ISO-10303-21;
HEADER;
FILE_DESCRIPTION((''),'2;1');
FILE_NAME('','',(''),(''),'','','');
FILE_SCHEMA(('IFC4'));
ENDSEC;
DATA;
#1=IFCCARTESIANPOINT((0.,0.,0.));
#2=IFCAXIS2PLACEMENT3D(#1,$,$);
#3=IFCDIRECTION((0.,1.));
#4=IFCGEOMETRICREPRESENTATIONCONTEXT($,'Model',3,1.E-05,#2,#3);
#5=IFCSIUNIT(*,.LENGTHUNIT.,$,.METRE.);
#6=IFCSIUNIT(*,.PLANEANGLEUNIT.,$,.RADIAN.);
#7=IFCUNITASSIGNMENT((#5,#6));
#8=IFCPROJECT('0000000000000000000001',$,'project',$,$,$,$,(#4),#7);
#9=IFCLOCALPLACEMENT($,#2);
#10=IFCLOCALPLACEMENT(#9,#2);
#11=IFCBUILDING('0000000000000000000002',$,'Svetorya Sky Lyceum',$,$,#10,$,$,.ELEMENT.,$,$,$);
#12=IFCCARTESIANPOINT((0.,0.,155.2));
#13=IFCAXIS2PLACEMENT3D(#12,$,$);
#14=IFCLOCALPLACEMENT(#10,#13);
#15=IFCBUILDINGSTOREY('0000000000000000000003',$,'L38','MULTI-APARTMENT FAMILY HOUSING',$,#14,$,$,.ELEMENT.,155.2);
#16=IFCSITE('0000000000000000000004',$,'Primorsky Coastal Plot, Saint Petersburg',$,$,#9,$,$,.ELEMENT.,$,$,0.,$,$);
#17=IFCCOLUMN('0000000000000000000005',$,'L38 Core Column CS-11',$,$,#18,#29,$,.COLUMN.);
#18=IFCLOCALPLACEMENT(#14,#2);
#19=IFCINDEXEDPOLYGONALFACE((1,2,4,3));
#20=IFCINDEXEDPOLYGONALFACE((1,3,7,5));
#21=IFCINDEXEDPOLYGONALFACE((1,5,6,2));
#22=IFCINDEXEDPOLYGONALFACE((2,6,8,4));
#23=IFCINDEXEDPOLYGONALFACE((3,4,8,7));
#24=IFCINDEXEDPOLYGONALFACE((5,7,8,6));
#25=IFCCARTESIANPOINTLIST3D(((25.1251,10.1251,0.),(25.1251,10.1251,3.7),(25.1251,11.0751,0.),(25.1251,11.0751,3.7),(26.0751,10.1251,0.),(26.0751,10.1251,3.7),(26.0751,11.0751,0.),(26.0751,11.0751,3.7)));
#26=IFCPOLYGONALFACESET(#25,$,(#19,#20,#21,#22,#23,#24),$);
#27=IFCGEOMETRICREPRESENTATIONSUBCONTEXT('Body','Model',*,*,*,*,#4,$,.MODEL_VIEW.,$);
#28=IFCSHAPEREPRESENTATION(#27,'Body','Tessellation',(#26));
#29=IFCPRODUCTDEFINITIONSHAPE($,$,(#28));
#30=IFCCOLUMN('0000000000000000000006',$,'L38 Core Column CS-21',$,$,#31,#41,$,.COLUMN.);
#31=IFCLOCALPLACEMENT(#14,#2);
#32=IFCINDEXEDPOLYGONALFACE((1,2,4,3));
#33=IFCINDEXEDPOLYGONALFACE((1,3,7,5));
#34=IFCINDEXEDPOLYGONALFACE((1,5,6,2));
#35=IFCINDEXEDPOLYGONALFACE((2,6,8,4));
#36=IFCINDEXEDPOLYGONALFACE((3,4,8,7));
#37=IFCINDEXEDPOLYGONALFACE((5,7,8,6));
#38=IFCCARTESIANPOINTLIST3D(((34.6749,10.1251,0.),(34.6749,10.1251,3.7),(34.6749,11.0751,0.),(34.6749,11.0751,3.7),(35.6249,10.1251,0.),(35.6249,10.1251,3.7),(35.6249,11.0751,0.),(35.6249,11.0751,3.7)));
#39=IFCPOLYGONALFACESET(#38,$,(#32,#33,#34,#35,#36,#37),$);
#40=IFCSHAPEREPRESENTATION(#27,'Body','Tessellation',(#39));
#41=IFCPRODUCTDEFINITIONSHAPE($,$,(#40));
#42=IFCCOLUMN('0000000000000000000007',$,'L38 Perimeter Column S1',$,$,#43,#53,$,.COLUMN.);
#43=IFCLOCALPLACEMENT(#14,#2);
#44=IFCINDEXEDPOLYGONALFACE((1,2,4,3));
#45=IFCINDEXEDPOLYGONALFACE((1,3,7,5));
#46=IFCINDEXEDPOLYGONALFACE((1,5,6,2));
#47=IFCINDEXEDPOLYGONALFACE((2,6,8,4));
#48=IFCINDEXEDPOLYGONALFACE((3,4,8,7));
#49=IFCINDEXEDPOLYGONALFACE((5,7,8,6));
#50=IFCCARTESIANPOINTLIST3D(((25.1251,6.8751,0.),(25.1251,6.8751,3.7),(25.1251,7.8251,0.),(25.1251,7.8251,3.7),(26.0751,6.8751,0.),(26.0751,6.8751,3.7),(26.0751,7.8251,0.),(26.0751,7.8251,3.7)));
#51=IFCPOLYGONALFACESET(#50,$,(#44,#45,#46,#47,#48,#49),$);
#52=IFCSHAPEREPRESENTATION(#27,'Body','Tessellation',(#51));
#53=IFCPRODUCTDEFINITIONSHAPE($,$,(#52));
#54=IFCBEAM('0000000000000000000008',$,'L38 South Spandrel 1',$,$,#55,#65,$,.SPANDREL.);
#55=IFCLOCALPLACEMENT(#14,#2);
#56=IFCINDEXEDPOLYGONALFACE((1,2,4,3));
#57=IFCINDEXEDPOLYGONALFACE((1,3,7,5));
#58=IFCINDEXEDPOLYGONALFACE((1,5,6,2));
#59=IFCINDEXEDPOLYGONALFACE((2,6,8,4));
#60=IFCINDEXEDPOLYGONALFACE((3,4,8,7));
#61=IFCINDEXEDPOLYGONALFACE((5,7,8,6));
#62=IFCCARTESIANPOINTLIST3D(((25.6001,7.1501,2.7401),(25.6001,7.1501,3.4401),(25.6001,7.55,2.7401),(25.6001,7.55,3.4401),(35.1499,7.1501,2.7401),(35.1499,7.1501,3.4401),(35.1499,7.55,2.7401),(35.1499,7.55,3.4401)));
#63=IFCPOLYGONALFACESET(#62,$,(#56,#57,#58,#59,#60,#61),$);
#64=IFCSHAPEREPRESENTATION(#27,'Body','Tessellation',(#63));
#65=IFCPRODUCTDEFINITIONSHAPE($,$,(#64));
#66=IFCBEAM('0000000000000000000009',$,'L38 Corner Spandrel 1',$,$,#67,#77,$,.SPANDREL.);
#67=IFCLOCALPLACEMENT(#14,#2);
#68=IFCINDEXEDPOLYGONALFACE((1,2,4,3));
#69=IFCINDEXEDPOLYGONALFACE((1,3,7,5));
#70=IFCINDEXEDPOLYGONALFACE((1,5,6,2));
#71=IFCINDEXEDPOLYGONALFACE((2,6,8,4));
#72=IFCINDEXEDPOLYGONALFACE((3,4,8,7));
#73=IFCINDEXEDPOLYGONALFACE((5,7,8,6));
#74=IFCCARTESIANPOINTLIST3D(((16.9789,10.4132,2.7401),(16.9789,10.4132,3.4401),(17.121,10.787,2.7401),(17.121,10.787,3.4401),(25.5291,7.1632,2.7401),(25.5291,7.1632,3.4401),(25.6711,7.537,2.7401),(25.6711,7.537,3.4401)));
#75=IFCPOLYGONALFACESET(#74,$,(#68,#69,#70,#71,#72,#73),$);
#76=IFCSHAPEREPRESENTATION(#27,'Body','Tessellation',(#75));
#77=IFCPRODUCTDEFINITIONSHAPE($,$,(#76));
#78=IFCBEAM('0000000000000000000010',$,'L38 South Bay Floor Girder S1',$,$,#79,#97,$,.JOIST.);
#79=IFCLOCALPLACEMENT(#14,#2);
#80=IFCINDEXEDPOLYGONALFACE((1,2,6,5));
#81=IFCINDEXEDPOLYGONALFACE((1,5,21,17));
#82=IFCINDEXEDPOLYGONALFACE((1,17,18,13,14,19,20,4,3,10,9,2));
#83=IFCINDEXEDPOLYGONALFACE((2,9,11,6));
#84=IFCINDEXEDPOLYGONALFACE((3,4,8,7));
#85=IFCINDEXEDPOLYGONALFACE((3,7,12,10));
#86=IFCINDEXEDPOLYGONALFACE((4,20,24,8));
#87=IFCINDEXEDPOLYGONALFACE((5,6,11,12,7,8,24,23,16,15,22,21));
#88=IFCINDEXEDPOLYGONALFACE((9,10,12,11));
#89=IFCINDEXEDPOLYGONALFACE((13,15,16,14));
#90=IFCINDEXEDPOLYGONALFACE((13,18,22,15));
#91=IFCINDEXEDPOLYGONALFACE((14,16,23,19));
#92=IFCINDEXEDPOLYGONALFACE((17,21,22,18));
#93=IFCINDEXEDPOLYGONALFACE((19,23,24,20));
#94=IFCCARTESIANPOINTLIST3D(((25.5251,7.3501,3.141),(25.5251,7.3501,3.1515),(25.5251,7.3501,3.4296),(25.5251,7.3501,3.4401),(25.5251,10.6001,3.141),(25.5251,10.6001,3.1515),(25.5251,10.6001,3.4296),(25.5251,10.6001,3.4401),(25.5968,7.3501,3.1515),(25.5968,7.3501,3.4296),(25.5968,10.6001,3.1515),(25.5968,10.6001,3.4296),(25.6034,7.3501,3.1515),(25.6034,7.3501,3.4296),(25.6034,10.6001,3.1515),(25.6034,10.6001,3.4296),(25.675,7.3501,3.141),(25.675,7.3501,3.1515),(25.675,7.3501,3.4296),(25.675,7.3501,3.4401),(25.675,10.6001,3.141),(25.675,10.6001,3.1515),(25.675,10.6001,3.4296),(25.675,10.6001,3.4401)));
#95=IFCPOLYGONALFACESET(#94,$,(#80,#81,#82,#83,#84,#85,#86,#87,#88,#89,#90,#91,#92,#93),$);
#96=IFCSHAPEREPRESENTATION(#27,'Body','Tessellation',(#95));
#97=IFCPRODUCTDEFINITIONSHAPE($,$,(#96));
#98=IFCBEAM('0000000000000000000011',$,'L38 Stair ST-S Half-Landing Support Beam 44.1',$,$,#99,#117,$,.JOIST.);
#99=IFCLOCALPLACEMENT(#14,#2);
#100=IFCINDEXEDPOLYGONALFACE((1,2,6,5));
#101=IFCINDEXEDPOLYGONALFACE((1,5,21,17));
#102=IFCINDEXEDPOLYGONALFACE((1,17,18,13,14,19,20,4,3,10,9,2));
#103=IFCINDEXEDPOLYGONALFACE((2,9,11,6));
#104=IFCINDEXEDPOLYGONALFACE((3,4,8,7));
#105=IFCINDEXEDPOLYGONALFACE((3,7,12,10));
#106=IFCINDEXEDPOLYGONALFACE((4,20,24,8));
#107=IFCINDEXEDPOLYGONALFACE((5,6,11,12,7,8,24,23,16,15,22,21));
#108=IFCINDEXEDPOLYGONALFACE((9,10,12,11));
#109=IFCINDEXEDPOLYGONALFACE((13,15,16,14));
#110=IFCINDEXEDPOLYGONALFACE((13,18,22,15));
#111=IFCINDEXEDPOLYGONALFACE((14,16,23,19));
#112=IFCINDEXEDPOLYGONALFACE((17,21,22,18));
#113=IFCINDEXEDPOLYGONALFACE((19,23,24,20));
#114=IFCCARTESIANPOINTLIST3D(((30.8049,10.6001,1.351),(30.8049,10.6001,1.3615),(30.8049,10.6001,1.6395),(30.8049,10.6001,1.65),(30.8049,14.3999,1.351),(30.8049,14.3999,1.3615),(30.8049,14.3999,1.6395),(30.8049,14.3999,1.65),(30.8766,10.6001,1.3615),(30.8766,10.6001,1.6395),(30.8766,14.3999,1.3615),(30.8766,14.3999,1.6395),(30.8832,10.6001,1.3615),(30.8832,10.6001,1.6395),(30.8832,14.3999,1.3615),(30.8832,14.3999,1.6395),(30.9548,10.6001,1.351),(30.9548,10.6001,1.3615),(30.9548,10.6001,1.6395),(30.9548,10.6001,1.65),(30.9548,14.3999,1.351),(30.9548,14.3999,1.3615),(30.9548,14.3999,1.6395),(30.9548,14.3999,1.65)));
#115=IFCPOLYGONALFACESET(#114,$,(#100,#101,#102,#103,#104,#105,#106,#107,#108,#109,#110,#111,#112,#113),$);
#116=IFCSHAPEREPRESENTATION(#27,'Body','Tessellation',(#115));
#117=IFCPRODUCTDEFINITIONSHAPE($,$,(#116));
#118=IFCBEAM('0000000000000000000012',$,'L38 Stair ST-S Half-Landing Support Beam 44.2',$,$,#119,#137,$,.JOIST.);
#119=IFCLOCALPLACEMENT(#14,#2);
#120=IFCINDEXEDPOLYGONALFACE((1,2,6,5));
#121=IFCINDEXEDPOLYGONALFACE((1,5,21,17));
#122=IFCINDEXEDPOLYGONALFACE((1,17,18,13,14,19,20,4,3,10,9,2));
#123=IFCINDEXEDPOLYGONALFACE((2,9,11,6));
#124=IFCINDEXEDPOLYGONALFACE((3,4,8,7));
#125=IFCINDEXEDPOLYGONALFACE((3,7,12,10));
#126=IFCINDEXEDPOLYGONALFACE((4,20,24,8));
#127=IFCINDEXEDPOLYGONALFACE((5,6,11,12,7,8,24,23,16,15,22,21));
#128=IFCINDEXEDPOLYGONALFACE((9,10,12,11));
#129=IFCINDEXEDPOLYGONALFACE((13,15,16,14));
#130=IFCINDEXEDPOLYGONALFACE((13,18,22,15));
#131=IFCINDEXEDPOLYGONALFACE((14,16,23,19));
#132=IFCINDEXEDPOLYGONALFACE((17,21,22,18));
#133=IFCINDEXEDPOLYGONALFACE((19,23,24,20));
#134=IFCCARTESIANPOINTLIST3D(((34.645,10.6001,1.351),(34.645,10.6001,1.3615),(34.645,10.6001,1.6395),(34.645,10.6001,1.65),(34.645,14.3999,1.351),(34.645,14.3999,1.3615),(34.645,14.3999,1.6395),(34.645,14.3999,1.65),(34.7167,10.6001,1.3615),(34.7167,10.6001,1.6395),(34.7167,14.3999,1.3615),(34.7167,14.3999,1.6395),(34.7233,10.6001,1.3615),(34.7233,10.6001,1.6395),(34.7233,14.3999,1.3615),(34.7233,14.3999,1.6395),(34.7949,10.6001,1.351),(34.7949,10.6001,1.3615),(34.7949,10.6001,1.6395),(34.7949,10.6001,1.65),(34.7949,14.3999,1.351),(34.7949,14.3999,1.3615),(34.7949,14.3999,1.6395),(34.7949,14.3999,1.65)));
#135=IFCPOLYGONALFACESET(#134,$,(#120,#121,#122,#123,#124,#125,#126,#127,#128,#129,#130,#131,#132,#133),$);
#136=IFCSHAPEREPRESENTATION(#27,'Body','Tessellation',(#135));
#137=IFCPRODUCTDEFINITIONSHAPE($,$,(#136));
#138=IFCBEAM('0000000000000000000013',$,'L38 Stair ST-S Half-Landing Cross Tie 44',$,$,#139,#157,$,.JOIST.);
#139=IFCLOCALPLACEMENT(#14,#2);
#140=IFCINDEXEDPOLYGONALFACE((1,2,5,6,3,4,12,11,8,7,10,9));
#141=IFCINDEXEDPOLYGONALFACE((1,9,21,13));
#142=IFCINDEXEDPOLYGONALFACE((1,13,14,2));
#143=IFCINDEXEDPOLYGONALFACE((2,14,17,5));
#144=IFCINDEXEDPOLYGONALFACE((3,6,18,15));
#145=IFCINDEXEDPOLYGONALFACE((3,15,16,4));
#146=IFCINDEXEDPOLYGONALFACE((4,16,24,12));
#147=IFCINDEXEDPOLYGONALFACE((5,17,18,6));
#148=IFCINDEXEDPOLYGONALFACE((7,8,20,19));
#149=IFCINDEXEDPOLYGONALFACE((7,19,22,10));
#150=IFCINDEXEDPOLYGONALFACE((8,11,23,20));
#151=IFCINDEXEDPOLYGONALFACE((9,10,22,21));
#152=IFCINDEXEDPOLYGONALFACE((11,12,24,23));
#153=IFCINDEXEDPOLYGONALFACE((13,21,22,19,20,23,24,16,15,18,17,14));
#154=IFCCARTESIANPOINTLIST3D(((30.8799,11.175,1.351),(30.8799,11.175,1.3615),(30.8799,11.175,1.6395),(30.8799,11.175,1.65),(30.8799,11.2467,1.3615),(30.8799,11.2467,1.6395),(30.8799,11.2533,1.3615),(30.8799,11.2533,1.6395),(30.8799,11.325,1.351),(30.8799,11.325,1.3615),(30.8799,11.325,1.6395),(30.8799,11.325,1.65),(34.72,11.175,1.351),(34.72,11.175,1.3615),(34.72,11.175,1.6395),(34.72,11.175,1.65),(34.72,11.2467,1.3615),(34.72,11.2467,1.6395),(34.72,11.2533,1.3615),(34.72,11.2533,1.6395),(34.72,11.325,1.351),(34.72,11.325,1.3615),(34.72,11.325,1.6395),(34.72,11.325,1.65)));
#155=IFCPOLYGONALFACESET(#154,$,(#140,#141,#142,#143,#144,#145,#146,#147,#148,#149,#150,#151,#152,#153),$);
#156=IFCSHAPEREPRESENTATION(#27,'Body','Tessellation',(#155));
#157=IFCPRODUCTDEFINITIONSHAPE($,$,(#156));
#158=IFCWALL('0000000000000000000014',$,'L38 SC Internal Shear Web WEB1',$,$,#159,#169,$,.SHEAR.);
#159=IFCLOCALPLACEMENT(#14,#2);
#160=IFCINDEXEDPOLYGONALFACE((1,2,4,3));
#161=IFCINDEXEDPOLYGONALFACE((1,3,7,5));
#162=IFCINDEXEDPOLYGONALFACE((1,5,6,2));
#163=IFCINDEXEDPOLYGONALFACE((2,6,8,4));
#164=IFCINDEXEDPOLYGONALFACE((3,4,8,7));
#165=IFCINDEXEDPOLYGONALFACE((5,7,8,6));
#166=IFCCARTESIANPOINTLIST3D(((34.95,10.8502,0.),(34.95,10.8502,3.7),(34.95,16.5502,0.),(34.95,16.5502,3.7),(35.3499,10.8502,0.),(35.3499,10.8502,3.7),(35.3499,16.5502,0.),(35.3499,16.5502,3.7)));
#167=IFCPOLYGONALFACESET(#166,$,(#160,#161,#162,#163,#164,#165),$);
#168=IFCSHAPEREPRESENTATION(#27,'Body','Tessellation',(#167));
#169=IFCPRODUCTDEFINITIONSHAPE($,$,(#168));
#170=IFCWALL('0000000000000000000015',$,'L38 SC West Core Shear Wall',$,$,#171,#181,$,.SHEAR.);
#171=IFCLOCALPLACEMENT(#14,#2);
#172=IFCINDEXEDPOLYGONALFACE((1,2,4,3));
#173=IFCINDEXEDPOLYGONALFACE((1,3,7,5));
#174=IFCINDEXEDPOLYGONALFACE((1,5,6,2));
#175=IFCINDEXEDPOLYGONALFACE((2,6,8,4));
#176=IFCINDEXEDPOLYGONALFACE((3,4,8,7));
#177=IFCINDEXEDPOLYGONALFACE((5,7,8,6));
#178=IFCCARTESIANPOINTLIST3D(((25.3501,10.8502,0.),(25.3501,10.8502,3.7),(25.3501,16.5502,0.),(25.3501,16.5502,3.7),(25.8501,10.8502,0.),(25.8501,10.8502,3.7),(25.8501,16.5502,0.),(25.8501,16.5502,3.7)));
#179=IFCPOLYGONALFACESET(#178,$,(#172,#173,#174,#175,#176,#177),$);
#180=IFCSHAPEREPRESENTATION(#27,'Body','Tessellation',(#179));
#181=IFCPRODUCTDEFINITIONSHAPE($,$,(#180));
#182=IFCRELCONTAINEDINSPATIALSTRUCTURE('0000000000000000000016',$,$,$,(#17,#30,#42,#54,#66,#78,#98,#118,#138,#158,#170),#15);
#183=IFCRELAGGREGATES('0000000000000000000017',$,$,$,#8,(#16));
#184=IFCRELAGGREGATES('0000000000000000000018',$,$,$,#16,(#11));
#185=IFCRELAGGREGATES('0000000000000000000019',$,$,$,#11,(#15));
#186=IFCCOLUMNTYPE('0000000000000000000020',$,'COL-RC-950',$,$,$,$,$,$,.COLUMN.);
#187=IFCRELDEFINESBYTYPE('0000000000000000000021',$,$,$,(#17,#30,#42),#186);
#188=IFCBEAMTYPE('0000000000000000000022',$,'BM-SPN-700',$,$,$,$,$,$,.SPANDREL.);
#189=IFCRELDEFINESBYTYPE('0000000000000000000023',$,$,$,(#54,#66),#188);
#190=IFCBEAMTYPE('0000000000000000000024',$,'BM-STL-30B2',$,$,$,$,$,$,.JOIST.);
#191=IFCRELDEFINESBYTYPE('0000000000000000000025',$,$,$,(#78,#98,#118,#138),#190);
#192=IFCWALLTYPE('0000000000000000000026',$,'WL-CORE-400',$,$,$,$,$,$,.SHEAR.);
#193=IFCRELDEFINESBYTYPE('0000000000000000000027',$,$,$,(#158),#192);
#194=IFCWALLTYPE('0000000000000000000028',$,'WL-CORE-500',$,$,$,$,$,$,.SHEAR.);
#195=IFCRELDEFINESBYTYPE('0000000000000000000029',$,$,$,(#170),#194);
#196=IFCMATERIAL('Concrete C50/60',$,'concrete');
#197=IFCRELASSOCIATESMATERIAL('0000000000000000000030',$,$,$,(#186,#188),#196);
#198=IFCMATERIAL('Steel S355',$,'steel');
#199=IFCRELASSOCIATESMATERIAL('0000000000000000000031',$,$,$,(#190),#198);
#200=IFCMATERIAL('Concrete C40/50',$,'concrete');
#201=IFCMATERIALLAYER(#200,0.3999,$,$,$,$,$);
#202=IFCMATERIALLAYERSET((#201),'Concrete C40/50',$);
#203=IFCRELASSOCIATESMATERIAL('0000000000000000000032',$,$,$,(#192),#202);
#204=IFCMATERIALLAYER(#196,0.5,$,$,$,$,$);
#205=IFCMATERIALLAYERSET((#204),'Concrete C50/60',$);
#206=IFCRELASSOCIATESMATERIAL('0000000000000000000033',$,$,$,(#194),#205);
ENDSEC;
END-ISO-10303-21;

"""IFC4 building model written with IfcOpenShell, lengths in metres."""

from ifc_helpers import new_model, si_unit, direction, frame, frame_2d, origin, origin_2d, place, context, subcontext, project, spatial, rectangle, i_section, extrude, material, layer, layer_set, material_profile, profile_set, type_object, element, save


model = new_model("IFC4")

# Units and contexts
model_context = context("Model", 3, precision=1e-05, world=origin(), true_north=direction((0.0, 1.0)))
body_context = subcontext(model_context, "Body", "Model", "MODEL_VIEW")
ifc_project = project(units=[si_unit("LENGTHUNIT", "METRE"), si_unit("PLANEANGLEUNIT", "RADIAN")], contexts=[model_context])

# Site, building, storey
site_placement = place(None, origin())
site = spatial("IfcSite", under=ifc_project, at=site_placement, Name="Primorsky Coastal Plot, Saint Petersburg", CompositionType="ELEMENT", RefElevation=0.0)
building_placement = place(site_placement, origin())
building = spatial("IfcBuilding", under=site, at=building_placement, Name="Svetorya Sky Lyceum", CompositionType="ELEMENT")
storey_placement = place(building_placement, frame((0.0, 0.0, 155.2)))
storey = spatial("IfcBuildingStorey", under=building, at=storey_placement, Name="L38", Description="MULTI-APARTMENT FAMILY HOUSING", CompositionType="ELEMENT", Elevation=155.2)

# Columns
ifc_material_1 = material(Name="Concrete C50/60", Category="concrete")
ifc_material_profile_1 = material_profile(ifc_material_1, rectangle(XDim=0.95, YDim=0.95, at=origin_2d()), Name="RC COL 950x950")
ifc_profile_set_1 = profile_set([ifc_material_profile_1], Name="Concrete C50/60")
column_type = type_object("IfcColumnType", Name="COL-RC-950", PredefinedType="COLUMN", material=ifc_profile_set_1)
for number, where, z_axis, x_axis, name in (
    (1, (25.6001, 10.6001, 0.0), (0.0, 0.0, 1.0), (1.0, 0.0, 0.0), "L38 Core Column CS-11"),
    (2, (35.1499, 10.6001, 0.0), (0.0, 0.0, 1.0), (1.0, 0.0, 0.0), "L38 Core Column CS-21"),
    (3, (25.6001, 7.3501, 0.0), (0.0, 0.0, 1.0), (1.0, 0.0, 0.0), "L38 Perimeter Column S1"),
):
    element("IfcColumn", number, at=place(storey_placement, frame(where, z_axis=z_axis, x_axis=x_axis)), inside=storey, type_object=column_type, Name=name, PredefinedType="COLUMN", context=body_context, shape_type="SweptSolid", body=[
        extrude(rectangle(XDim=0.95, YDim=0.95, at=origin_2d()), origin(), (0.0, 0.0, 1.0), 3.7),
    ])

# Beams
ifc_material_profile_2 = material_profile(ifc_material_1, rectangle(XDim=0.3999, YDim=0.7, at=origin_2d()), Name="RC SPANDREL 400x700")
ifc_profile_set_2 = profile_set([ifc_material_profile_2], Name="Concrete C50/60")
beam_type_1 = type_object("IfcBeamType", Name="BM-SPN-700", PredefinedType="SPANDREL", material=ifc_profile_set_2)
beam_1_placement = place(storey_placement, frame((25.6001, 7.3501, 3.0901), z_axis=(1.0, 0.0, 0.0), x_axis=(0.0, 1.0, 0.0)))
element("IfcBeam", 4, at=beam_1_placement, inside=storey, type_object=beam_type_1, Name="L38 South Spandrel 1", PredefinedType="SPANDREL", context=body_context, shape_type="SweptSolid", body=[
    extrude(rectangle(XDim=0.3999, YDim=0.7, at=origin_2d()), origin(), (0.0, 0.0, 1.0), 9.5498),
])
beam_2_placement = place(storey_placement, frame((25.6001, 7.3501, 3.0901), z_axis=(-0.934748, 0.355312, 0.0), x_axis=(-0.355312, -0.934748, 0.0)))
element("IfcBeam", 5, at=beam_2_placement, inside=storey, type_object=beam_type_1, Name="L38 Corner Spandrel 1", PredefinedType="SPANDREL", context=body_context, shape_type="SweptSolid", body=[
    extrude(rectangle(XDim=0.3999, YDim=0.7, at=origin_2d()), origin(), (0.0, 0.0, 1.0), 9.147),
])
ifc_material_2 = material(Name="Steel S355", Category="steel")
ifc_material_profile_3 = material_profile(ifc_material_2, i_section(OverallWidth=0.1499, OverallDepth=0.2991, WebThickness=0.0066, FlangeThickness=0.0105, at=origin_2d()), Name="GOST 30B2")
ifc_profile_set_3 = profile_set([ifc_material_profile_3], Name="Steel S355")
beam_type_2 = type_object("IfcBeamType", Name="BM-STL-30B2", PredefinedType="JOIST", material=ifc_profile_set_3)
beam_3_placement = place(storey_placement, frame((25.6001, 7.3501, 3.2905), z_axis=(0.0, 1.0, 0.0), x_axis=(-1.0, 0.0, 0.0)))
element("IfcBeam", 6, at=beam_3_placement, inside=storey, type_object=beam_type_2, Name="L38 South Bay Floor Girder S1", PredefinedType="JOIST", context=body_context, shape_type="SweptSolid", body=[
    extrude(i_section(OverallWidth=0.1499, OverallDepth=0.2991, WebThickness=0.0066, FlangeThickness=0.0105, at=origin_2d()), origin(), (0.0, 0.0, 1.0), 3.25),
])
for number, where, z_axis, x_axis, name in (
    (7, (30.8799, 10.6001, 1.5005), (0.0, 1.0, 0.0), (-1.0, 0.0, 0.0), "L38 Stair ST-S Half-Landing Support Beam 44.1"),
    (8, (34.72, 10.6001, 1.5005), (0.0, 1.0, 0.0), (-1.0, 0.0, 0.0), "L38 Stair ST-S Half-Landing Support Beam 44.2"),
):
    element("IfcBeam", number, at=place(storey_placement, frame(where, z_axis=z_axis, x_axis=x_axis)), inside=storey, type_object=beam_type_2, Name=name, PredefinedType="JOIST", context=body_context, shape_type="SweptSolid", body=[
        extrude(i_section(OverallWidth=0.1499, OverallDepth=0.2991, WebThickness=0.0066, FlangeThickness=0.0105, at=origin_2d()), origin(), (0.0, 0.0, 1.0), 3.7998),
    ])
beam_4_placement = place(storey_placement, frame((30.8799, 11.25, 1.5005), z_axis=(1.0, 0.0, 0.0), x_axis=(0.0, 1.0, 0.0)))
element("IfcBeam", 9, at=beam_4_placement, inside=storey, type_object=beam_type_2, Name="L38 Stair ST-S Half-Landing Cross Tie 44", PredefinedType="JOIST", context=body_context, shape_type="SweptSolid", body=[
    extrude(i_section(OverallWidth=0.1499, OverallDepth=0.2991, WebThickness=0.0066, FlangeThickness=0.0105, at=origin_2d()), origin(), (0.0, 0.0, 1.0), 3.8401),
])

# Walls
ifc_material_3 = material(Name="Concrete C40/50", Category="concrete")
ifc_layer_1 = layer(ifc_material_3, 0.3999)
ifc_layer_set_1 = layer_set([ifc_layer_1], Name="Concrete C40/50")
wall_type_1 = type_object("IfcWallType", Name="WL-CORE-400", PredefinedType="SHEAR", material=ifc_layer_set_1)
wall_1_placement = place(storey_placement, frame((35.1499, 10.8501, 0.0), z_axis=(0.0, 0.0, 1.0), x_axis=(0.0, 1.0, 0.0)))
element("IfcWall", 10, at=wall_1_placement, inside=storey, type_object=wall_type_1, Name="L38 SC Internal Shear Web WEB1", PredefinedType="SHEAR", context=body_context, shape_type="SweptSolid", body=[
    extrude(rectangle(XDim=5.7, YDim=0.3999, at=frame_2d((2.8501, 0.0))), origin(), (0.0, 0.0, 1.0), 3.7),
])
ifc_layer_2 = layer(ifc_material_1, 0.5)
ifc_layer_set_2 = layer_set([ifc_layer_2], Name="Concrete C50/60")
wall_type_2 = type_object("IfcWallType", Name="WL-CORE-500", PredefinedType="SHEAR", material=ifc_layer_set_2)
wall_2_placement = place(storey_placement, frame((25.6001, 10.8501, 0.0), z_axis=(0.0, 0.0, 1.0), x_axis=(0.0, 1.0, 0.0)))
element("IfcWall", 11, at=wall_2_placement, inside=storey, type_object=wall_type_2, Name="L38 SC West Core Shear Wall", PredefinedType="SHEAR", context=body_context, shape_type="SweptSolid", body=[
    extrude(rectangle(XDim=5.7, YDim=0.5, at=frame_2d((2.8501, 0.0))), origin(), (0.0, 0.0, 1.0), 3.7),
])

save(model, "model.ifc")
